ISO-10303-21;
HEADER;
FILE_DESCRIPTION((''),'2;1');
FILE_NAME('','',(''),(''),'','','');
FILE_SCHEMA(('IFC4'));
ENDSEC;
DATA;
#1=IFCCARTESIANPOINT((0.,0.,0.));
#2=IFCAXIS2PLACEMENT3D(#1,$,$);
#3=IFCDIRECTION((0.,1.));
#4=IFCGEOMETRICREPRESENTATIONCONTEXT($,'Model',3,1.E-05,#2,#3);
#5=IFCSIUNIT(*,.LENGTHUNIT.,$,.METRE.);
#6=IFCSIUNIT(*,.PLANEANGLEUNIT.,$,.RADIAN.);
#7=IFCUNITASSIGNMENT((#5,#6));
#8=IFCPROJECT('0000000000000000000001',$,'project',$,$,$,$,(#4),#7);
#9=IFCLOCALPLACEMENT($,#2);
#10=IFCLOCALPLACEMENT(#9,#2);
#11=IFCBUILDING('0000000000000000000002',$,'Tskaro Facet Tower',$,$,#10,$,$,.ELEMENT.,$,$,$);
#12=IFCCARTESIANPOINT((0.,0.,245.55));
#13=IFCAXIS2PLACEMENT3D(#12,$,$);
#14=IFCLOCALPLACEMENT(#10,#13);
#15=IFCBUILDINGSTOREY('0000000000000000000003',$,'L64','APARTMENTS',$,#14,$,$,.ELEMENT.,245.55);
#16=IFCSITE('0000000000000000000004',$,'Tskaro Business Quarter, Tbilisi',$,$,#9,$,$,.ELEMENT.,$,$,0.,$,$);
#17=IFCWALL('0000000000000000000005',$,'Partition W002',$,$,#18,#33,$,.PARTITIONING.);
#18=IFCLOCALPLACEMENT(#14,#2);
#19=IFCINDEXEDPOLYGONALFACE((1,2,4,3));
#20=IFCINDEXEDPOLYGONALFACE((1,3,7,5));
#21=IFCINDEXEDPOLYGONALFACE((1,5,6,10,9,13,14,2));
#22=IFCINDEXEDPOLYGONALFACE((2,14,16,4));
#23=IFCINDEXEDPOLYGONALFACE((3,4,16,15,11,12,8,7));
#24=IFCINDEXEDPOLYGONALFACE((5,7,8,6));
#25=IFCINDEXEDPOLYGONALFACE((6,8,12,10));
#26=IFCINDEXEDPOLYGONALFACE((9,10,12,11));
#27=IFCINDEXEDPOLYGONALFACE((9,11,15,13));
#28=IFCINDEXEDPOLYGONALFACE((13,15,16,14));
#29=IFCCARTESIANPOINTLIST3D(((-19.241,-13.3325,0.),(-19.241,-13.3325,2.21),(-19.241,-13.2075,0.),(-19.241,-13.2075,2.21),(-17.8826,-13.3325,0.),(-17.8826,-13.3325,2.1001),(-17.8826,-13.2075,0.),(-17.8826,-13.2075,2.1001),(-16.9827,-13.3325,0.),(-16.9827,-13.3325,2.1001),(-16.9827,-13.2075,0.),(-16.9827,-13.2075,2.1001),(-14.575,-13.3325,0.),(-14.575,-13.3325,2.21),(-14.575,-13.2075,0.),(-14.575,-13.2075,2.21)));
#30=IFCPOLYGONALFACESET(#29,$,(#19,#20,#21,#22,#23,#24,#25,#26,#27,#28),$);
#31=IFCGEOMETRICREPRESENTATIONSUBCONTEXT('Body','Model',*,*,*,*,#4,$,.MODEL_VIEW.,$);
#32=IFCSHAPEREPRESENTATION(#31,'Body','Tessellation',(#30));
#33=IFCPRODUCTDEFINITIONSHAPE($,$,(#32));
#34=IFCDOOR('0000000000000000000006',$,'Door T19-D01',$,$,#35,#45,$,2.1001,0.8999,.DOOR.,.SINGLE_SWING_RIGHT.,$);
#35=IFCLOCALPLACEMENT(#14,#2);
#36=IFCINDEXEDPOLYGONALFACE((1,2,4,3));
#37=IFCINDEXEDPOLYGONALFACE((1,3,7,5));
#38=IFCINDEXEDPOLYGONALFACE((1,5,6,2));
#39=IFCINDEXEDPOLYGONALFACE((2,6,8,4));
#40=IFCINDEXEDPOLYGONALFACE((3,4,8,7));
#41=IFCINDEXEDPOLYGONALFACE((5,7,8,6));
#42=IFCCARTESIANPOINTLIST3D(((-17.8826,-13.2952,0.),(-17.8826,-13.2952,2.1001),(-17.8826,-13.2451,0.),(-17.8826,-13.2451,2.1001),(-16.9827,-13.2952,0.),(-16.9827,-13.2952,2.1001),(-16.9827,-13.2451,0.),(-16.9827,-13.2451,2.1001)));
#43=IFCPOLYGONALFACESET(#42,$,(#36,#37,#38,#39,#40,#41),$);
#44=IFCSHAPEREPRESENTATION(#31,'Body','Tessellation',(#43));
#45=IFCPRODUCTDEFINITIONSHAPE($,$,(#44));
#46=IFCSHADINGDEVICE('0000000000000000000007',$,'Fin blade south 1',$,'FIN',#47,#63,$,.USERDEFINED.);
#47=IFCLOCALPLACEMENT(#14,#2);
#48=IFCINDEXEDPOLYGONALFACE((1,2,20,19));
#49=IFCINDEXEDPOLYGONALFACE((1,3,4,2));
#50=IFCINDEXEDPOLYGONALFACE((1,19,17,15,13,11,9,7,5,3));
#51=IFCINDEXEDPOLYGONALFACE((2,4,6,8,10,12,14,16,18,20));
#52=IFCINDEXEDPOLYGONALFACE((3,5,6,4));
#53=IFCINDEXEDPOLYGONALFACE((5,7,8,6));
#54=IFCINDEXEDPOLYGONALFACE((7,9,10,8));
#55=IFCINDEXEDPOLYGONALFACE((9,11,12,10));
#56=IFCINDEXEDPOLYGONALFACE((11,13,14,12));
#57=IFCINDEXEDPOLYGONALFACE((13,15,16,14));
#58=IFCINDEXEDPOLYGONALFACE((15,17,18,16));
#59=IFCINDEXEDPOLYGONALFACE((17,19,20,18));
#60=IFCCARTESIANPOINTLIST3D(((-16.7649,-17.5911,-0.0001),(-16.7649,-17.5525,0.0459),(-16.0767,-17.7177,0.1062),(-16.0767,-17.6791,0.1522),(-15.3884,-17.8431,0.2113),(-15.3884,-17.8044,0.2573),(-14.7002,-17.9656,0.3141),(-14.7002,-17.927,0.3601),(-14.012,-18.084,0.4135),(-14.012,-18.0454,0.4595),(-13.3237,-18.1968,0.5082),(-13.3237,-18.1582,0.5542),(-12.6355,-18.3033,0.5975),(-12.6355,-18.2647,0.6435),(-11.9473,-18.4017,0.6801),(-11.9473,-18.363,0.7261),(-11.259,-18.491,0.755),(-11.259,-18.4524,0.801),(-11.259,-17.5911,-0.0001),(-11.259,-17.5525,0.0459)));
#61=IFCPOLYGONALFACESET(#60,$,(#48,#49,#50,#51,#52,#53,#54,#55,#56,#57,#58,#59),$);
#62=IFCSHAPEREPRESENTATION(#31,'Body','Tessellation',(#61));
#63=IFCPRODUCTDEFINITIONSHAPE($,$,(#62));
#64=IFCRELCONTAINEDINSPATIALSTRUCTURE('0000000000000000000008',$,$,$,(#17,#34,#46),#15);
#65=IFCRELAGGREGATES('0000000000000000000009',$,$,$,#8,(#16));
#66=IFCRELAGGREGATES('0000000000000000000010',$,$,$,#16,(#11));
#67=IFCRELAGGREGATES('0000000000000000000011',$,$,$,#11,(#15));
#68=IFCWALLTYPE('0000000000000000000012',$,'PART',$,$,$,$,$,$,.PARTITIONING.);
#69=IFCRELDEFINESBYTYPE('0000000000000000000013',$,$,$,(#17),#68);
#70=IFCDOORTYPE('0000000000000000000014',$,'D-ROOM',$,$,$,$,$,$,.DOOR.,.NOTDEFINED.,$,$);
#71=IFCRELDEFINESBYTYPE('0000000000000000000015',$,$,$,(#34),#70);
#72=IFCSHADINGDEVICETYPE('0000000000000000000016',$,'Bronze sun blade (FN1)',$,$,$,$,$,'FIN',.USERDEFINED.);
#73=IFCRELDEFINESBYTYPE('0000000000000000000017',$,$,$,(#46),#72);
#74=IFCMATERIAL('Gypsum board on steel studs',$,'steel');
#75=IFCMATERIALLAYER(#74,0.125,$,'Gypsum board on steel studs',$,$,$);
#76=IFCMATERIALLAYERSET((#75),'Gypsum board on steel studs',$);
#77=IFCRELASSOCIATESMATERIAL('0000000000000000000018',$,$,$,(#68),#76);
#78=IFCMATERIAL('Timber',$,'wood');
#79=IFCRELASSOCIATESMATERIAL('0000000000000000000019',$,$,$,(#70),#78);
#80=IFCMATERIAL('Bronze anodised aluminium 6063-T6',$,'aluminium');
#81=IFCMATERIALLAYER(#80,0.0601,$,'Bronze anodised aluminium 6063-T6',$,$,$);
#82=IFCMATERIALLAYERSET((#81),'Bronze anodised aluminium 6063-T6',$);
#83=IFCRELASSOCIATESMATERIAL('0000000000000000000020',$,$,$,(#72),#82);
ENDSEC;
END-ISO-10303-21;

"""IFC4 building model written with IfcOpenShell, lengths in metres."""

from ifc_helpers import new_model, si_unit, direction, frame, frame_2d, origin, place, context, subcontext, project, spatial, polyline, rectangle, outline, extrude, material, layer, layer_set, type_object, element, fill, save


model = new_model("IFC4")

# Units and contexts
model_context = context("Model", 3, precision=1e-05, world=origin(), true_north=direction((0.0, 1.0)))
body_context = subcontext(model_context, "Body", "Model", "MODEL_VIEW")
ifc_project = project(units=[si_unit("LENGTHUNIT", "METRE"), si_unit("PLANEANGLEUNIT", "RADIAN")], contexts=[model_context])

# Site, building, storey
site_placement = place(None, origin())
site = spatial("IfcSite", under=ifc_project, at=site_placement, Name="Tskaro Business Quarter, Tbilisi", CompositionType="ELEMENT", RefElevation=0.0)
building_placement = place(site_placement, origin())
building = spatial("IfcBuilding", under=site, at=building_placement, Name="Tskaro Facet Tower", CompositionType="ELEMENT")
storey_placement = place(building_placement, frame((0.0, 0.0, 245.55)))
storey = spatial("IfcBuildingStorey", under=building, at=storey_placement, Name="L64", Description="APARTMENTS", CompositionType="ELEMENT", Elevation=245.55)

# Shared definitions
ifc_material_1 = material(Name="Bronze anodised aluminium 6063-T6", Category="aluminium")

# Shared definitions
ifc_material_2 = material(Name="Gypsum board on steel studs", Category="steel")
ifc_layer_1 = layer(ifc_material_2, 0.125, Name="Gypsum board on steel studs")
ifc_layer_set_1 = layer_set([ifc_layer_1], Name="Gypsum board on steel studs")
wall_type = type_object("IfcWallType", Name="PART", PredefinedType="PARTITIONING", material=ifc_layer_set_1)

# Wall, opening, door
wall_1_placement = place(storey_placement, frame((-19.241, -13.27, 0.0), z_axis=(0.0, 0.0, 1.0), x_axis=(1.0, 0.0, 0.0)))
wall_1 = element("IfcWall", 1, at=wall_1_placement, inside=storey, type_object=wall_type, Name="Partition W002", PredefinedType="PARTITIONING", context=body_context, shape_type="SweptSolid", body=[
    extrude(rectangle(XDim=4.666, YDim=0.125, at=frame_2d((2.333, 0.0))), origin(), (0.0, 0.0, 1.0), 2.21),
])
opening_placement = place(wall_1_placement, frame((1.3584, 0.0, 0.0)))
opening = element("IfcOpeningElement", 2, at=opening_placement, cuts=wall_1, PredefinedType="OPENING", context=body_context, shape_type="SweptSolid", body=[
    extrude(rectangle(XDim=0.8999, YDim=2.1001, at=frame_2d((0.45, 1.05))), frame((0.0, 0.0725, 0.0), z_axis=(0.0, -1.0, 0.0), x_axis=(1.0, 0.0, 0.0)), (0.0, 0.0, 1.0), 0.145),
])
ifc_material_3 = material(Name="Timber", Category="wood")
door_type = type_object("IfcDoorType", Name="D-ROOM", OperationType="NOTDEFINED", PredefinedType="DOOR", material=ifc_material_3)
door_placement = place(opening_placement, origin())
door = element("IfcDoor", 3, at=door_placement, inside=storey, type_object=door_type, Name="Door T19-D01", OperationType="SINGLE_SWING_RIGHT", OverallHeight=2.1001, OverallWidth=0.8999, PredefinedType="DOOR", context=body_context, shape_type="SweptSolid", body=[
    extrude(rectangle(XDim=0.8999, YDim=2.1001, at=frame_2d((0.45, 1.05))), frame((0.0, 0.0249, 0.0), z_axis=(0.0, -1.0, 0.0), x_axis=(1.0, 0.0, 0.0)), (0.0, 0.0, 1.0), 0.05),
])
fill(opening, door)

# Shading device
ifc_layer_2 = layer(ifc_material_1, 0.0601, Name="Bronze anodised aluminium 6063-T6")
ifc_layer_set_2 = layer_set([ifc_layer_2], Name="Bronze anodised aluminium 6063-T6")
shading_device_type = type_object("IfcShadingDeviceType", Name="Bronze sun blade (FN1)", ElementType="FIN", PredefinedType="USERDEFINED", material=ifc_layer_set_2)
shading_device_placement = place(storey_placement, frame((-16.7649, -17.5525, 0.0459), z_axis=(-0.000004, 0.642788, 0.766044), x_axis=(1.0, 0.000002, 0.000003)))
element("IfcShadingDevice", 4, at=shading_device_placement, inside=storey, type_object=shading_device_type, Name="Fin blade south 1", ObjectType="FIN", PredefinedType="USERDEFINED", context=body_context, shape_type="SweptSolid", body=[
    extrude(outline(polyline([(0.0, 0.0), (5.5059, 0.0), (5.5059, -1.1748), (4.8176, -1.0581), (4.1294, -0.9297), (3.4412, -0.7907), (2.7529, -0.6434), (2.0647, -0.4889), (1.3765, -0.3289), (0.6882, -0.1653), (0.0, 0.0)])), origin(), (0.0, 0.0, -1.0), 0.0601),
])

save(model, "model.ifc")
